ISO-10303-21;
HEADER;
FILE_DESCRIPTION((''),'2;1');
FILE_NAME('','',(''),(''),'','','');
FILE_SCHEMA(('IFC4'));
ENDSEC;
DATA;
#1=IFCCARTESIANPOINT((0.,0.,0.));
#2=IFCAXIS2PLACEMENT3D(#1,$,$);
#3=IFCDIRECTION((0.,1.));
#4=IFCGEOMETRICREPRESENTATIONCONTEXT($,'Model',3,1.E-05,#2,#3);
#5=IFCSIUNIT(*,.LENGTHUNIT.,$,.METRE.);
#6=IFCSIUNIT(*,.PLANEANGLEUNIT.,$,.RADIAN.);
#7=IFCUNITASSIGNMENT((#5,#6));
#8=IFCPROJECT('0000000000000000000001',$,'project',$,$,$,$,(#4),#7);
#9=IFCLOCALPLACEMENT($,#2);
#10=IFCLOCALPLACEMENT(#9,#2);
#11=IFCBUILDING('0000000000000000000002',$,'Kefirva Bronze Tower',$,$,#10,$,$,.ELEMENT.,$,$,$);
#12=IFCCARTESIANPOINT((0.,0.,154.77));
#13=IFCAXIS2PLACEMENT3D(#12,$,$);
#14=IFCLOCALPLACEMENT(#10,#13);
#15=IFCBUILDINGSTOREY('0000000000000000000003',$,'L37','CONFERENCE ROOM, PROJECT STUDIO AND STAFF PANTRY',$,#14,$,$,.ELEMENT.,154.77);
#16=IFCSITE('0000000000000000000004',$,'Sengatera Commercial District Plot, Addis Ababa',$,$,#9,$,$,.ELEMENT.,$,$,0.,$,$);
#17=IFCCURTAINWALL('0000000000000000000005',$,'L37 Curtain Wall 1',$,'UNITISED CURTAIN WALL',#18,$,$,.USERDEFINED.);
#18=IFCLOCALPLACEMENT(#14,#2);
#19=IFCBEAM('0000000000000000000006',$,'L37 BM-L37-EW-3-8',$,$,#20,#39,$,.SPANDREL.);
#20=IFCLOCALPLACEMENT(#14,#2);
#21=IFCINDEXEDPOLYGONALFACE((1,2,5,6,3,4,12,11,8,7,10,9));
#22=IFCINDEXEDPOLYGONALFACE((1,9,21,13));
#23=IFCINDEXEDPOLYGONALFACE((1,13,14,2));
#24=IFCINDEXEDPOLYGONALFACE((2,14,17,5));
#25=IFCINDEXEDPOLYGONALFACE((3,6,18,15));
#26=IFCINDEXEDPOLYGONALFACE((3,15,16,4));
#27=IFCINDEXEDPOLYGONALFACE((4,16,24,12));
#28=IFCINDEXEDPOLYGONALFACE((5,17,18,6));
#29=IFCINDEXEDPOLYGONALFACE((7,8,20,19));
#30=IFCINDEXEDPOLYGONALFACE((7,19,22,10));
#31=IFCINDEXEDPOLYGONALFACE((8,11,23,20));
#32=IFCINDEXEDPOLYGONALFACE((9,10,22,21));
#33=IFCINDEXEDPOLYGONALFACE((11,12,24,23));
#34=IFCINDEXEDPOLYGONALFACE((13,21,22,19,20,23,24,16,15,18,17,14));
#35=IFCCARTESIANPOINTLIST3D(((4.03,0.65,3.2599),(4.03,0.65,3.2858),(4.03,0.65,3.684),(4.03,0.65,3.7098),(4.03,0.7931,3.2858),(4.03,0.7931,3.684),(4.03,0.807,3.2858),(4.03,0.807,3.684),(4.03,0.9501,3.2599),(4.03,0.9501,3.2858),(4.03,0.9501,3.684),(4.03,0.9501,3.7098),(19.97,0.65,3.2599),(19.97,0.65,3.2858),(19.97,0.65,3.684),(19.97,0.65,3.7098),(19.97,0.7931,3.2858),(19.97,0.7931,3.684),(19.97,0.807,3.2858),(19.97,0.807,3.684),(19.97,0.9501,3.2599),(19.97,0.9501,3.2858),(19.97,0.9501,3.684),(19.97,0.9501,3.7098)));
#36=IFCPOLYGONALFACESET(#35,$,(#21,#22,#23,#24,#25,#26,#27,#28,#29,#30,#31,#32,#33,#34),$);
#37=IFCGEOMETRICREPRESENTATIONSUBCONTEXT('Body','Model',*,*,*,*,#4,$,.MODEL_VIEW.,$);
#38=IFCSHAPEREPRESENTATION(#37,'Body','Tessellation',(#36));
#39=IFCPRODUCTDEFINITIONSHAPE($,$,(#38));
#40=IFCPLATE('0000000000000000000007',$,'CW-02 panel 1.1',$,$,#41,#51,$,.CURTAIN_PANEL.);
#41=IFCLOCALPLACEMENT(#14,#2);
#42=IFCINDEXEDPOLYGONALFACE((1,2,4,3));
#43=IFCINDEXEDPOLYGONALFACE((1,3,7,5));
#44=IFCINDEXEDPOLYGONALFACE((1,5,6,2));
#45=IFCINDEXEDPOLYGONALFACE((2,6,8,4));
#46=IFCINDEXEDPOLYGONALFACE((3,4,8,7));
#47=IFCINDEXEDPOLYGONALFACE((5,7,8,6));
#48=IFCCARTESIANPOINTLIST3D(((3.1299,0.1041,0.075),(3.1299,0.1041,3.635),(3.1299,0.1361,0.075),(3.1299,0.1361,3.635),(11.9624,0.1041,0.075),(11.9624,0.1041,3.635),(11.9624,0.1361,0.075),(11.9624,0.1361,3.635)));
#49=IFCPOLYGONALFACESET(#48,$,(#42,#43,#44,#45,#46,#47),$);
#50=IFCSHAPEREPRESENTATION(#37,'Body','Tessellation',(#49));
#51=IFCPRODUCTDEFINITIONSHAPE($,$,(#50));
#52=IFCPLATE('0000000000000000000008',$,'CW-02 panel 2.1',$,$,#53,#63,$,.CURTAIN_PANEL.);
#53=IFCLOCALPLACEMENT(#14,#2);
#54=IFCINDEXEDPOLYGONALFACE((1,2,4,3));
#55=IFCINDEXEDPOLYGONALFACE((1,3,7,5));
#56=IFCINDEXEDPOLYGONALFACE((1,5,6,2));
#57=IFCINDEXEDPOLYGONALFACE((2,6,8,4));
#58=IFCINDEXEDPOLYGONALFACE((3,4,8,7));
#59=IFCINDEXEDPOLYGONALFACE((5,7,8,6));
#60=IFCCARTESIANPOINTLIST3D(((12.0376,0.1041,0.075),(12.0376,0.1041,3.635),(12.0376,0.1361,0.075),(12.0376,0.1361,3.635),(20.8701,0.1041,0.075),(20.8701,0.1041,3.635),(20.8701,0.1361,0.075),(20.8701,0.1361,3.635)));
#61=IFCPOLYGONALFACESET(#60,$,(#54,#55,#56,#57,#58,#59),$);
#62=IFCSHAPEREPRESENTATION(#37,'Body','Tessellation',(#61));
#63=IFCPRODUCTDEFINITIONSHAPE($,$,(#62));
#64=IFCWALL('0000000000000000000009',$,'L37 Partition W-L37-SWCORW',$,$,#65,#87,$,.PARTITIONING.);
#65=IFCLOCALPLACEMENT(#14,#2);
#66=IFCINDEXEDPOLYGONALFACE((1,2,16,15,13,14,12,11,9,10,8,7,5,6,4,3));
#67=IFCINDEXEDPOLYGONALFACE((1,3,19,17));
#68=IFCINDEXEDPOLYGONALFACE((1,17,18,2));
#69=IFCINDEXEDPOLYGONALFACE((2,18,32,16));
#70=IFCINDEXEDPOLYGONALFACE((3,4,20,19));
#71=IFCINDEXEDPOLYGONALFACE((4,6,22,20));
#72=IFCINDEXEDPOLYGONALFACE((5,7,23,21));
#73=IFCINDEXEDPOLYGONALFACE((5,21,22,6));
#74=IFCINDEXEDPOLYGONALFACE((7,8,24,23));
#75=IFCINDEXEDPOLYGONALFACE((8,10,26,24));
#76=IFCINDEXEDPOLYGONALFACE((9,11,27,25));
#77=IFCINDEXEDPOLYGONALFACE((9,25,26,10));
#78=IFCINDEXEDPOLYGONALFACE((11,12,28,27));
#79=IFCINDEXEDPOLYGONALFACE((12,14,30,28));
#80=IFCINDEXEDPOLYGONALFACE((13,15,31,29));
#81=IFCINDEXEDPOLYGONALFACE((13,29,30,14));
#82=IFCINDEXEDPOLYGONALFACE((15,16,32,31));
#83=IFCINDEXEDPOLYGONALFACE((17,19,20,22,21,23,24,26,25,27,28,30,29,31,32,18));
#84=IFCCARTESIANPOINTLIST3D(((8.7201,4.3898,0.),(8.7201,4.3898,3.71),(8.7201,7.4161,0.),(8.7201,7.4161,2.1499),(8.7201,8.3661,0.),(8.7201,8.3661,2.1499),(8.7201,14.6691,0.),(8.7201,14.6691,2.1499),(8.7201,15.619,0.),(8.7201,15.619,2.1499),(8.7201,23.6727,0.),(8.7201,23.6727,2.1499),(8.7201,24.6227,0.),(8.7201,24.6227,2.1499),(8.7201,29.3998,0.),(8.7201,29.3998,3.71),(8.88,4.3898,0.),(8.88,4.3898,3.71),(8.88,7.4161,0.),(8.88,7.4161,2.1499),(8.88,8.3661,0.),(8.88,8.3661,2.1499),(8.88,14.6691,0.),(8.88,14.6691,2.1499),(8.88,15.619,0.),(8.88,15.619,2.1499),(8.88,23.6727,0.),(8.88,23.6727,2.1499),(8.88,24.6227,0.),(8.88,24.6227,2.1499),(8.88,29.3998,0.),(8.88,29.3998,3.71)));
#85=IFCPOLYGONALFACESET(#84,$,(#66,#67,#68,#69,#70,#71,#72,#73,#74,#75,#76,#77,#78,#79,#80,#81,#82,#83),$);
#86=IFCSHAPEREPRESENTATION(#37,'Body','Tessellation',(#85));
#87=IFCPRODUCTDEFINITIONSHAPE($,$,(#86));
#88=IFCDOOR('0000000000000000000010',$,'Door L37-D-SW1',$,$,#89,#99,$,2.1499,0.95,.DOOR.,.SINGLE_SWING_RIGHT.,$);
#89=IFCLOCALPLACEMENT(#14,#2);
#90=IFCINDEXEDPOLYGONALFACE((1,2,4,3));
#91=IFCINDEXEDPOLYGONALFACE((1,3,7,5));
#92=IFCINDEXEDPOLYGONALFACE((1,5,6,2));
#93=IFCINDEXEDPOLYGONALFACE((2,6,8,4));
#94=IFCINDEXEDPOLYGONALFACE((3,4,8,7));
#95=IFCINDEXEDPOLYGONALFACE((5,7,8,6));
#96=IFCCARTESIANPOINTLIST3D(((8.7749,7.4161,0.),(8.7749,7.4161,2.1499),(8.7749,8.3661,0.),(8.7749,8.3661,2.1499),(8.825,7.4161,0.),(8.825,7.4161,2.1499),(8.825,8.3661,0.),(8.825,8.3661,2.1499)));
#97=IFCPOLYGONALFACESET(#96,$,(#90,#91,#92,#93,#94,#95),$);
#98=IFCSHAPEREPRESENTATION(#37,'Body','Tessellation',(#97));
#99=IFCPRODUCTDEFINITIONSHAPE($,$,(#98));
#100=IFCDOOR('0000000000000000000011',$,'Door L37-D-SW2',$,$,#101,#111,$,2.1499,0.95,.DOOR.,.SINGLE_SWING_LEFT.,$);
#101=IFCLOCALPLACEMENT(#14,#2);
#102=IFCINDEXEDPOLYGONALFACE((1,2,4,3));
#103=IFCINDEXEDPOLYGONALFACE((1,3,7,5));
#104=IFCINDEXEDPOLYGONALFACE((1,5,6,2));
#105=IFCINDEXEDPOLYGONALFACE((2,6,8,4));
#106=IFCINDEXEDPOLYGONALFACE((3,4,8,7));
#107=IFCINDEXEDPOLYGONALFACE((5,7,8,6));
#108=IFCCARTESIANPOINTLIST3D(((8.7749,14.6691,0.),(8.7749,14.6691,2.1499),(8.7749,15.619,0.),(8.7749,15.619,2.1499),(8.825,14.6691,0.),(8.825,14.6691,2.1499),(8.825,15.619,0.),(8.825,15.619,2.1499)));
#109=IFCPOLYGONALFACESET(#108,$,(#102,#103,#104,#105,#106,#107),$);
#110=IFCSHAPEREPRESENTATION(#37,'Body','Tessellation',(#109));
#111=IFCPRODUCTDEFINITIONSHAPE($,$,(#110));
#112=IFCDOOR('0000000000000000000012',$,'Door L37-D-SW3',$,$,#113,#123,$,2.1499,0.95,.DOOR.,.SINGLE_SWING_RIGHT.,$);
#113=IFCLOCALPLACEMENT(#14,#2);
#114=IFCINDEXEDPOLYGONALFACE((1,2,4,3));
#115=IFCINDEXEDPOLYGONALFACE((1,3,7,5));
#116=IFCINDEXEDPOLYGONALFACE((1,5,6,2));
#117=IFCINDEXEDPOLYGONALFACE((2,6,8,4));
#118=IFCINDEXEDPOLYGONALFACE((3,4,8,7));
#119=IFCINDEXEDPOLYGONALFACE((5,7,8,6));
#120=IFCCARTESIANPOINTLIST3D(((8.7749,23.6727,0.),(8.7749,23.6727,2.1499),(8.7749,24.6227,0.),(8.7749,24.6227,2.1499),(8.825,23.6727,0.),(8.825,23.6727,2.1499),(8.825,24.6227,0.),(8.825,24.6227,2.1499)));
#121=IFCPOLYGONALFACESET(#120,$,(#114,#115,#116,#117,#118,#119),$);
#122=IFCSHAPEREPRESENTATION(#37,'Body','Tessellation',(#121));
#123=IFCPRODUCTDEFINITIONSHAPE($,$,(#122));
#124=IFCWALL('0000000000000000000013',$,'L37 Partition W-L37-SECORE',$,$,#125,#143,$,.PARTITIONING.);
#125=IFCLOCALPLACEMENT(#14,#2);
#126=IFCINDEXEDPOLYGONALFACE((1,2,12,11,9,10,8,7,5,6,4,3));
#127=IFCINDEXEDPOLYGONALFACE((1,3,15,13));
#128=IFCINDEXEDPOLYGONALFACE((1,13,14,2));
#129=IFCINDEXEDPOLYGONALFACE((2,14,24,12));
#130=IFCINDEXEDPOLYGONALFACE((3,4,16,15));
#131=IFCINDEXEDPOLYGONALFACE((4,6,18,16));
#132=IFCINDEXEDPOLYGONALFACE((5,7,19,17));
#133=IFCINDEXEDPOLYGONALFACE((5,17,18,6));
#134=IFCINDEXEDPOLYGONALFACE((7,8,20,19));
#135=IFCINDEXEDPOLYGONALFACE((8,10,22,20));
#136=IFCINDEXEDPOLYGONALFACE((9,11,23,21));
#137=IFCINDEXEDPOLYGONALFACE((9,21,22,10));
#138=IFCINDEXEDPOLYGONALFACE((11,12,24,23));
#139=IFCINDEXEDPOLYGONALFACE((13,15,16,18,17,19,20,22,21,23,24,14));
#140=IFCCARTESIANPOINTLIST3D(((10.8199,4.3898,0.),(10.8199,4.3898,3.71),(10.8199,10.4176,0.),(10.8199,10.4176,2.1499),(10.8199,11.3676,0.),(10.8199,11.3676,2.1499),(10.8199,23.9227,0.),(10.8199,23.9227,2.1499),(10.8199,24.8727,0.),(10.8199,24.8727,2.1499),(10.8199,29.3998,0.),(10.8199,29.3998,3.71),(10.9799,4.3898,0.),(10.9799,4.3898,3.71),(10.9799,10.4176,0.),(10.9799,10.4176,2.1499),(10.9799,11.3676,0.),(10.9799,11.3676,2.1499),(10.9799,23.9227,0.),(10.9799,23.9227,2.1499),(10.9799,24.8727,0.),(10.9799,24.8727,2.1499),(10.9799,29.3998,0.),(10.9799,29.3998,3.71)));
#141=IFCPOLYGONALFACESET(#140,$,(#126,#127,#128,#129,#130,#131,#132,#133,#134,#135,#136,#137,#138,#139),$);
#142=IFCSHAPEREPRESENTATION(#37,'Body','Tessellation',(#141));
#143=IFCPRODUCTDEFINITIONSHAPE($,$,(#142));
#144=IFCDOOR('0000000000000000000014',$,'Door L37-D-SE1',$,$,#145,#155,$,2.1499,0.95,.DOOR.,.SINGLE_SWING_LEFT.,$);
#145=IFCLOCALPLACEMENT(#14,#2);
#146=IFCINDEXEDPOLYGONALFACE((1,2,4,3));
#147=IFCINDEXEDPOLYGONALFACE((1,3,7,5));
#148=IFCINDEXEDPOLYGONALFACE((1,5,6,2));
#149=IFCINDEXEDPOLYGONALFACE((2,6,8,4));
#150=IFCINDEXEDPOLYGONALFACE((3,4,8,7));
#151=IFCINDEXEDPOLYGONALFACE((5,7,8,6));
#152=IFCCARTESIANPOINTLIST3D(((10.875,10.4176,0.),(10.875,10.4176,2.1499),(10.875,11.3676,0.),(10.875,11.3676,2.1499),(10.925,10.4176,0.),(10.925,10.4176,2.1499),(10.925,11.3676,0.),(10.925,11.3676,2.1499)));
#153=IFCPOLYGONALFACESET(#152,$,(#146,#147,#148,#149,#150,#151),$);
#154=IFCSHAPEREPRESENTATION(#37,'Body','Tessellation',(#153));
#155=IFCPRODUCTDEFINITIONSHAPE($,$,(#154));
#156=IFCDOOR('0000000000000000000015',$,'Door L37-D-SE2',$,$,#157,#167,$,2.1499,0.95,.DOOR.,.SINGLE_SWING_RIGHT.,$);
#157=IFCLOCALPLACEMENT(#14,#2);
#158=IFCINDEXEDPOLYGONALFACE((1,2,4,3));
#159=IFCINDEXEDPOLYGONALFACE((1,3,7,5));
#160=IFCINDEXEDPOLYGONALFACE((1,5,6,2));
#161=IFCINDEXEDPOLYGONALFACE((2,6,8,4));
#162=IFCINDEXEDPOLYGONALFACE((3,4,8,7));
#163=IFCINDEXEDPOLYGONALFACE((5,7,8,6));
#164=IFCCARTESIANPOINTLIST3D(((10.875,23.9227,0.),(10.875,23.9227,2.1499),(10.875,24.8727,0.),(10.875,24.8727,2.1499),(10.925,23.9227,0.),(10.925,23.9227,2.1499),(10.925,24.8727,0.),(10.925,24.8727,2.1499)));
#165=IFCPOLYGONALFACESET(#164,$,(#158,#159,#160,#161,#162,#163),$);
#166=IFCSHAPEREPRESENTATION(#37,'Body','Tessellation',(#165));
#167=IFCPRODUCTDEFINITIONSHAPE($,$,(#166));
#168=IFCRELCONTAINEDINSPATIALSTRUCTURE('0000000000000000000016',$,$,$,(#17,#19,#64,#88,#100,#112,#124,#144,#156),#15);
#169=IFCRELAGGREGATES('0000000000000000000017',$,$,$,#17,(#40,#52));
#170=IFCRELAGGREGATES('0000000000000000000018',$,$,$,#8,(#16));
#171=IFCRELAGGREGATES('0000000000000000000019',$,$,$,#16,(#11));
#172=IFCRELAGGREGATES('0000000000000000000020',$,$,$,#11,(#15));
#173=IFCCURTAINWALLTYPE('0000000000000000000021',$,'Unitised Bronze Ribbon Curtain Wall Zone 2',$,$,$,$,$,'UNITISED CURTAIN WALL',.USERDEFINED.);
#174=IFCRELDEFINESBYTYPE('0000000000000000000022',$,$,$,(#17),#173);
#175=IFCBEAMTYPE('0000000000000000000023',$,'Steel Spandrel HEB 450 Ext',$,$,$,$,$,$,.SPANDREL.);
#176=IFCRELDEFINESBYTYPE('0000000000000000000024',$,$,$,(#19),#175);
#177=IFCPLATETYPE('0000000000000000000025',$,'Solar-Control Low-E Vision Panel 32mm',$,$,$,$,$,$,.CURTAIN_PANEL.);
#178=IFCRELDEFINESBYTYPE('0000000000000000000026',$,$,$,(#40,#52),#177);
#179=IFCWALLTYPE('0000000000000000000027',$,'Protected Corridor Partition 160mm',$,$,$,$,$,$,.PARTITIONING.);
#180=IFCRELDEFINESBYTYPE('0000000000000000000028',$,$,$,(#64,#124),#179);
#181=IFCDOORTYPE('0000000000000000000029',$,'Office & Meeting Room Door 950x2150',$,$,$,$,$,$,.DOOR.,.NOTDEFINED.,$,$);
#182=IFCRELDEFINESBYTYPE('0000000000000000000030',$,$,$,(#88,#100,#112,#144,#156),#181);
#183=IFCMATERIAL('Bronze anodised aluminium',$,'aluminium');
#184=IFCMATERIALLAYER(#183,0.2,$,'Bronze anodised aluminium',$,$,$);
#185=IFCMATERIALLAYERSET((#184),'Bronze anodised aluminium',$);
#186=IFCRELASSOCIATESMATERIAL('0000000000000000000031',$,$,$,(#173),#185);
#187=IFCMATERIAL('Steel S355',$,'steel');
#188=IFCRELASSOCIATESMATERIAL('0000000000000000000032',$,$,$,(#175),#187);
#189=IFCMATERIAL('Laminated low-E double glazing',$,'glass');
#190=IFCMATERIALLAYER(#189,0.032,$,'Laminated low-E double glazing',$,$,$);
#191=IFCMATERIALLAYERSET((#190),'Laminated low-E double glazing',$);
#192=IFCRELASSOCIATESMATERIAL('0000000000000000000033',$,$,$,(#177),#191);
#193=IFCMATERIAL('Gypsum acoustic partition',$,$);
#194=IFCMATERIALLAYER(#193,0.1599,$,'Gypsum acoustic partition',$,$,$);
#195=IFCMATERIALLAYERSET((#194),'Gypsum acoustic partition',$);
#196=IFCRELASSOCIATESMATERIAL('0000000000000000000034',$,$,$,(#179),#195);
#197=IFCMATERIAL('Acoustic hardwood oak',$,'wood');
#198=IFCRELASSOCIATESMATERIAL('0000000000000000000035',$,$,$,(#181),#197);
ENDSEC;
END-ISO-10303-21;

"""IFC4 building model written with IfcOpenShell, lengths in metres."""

from ifc_helpers import new_model, si_unit, direction, frame, frame_2d, origin, origin_2d, place, context, subcontext, project, spatial, rectangle, i_section, extrude, material, layer, layer_set, material_profile, profile_set, type_object, element, fill, aggregate, save


model = new_model("IFC4")

# Units and contexts
model_context = context("Model", 3, precision=1e-05, world=origin(), true_north=direction((0.0, 1.0)))
body_context = subcontext(model_context, "Body", "Model", "MODEL_VIEW")
ifc_project = project(units=[si_unit("LENGTHUNIT", "METRE"), si_unit("PLANEANGLEUNIT", "RADIAN")], contexts=[model_context])

# Site, building, storey
site_placement = place(None, origin())
site = spatial("IfcSite", under=ifc_project, at=site_placement, Name="Sengatera Commercial District Plot, Addis Ababa", CompositionType="ELEMENT", RefElevation=0.0)
building_placement = place(site_placement, origin())
building = spatial("IfcBuilding", under=site, at=building_placement, Name="Kefirva Bronze Tower", CompositionType="ELEMENT")
storey_placement = place(building_placement, frame((0.0, 0.0, 154.77)))
storey = spatial("IfcBuildingStorey", under=building, at=storey_placement, Name="L37", Description="CONFERENCE ROOM, PROJECT STUDIO AND STAFF PANTRY", CompositionType="ELEMENT", Elevation=154.77)

# Curtain wall
ifc_material_1 = material(Name="Bronze anodised aluminium", Category="aluminium")
ifc_layer_1 = layer(ifc_material_1, 0.2, Name="Bronze anodised aluminium")
ifc_layer_set_1 = layer_set([ifc_layer_1], Name="Bronze anodised aluminium")
curtain_wall_type = type_object("IfcCurtainWallType", Name="Unitised Bronze Ribbon Curtain Wall Zone 2", ElementType="UNITISED CURTAIN WALL", PredefinedType="USERDEFINED", material=ifc_layer_set_1)
curtain_wall_placement = place(storey_placement, origin())
curtain_wall = element("IfcCurtainWall", 1, at=curtain_wall_placement, inside=storey, type_object=curtain_wall_type, Name="L37 Curtain Wall 1", ObjectType="UNITISED CURTAIN WALL", PredefinedType="USERDEFINED")

# Beam
ifc_material_2 = material(Name="Steel S355", Category="steel")
ifc_material_profile_1 = material_profile(ifc_material_2, i_section(OverallWidth=0.3, OverallDepth=0.45, WebThickness=0.0139, FlangeThickness=0.0259, at=origin_2d()), Name="HEB 450")
ifc_profile_set_1 = profile_set([ifc_material_profile_1], Name="Steel S355")
beam_type_1 = type_object("IfcBeamType", Name="Steel Spandrel HEB 450 Ext", PredefinedType="SPANDREL", material=ifc_profile_set_1)
beam_1_placement = place(storey_placement, frame((4.03, 0.8, 3.4849), z_axis=(1.0, 0.0, 0.0), x_axis=(0.0, 1.0, 0.0)))
element("IfcBeam", 2, at=beam_1_placement, inside=storey, type_object=beam_type_1, Name="L37 BM-L37-EW-3-8", PredefinedType="SPANDREL", context=body_context, shape_type="SweptSolid", body=[
    extrude(i_section(OverallWidth=0.3, OverallDepth=0.45, WebThickness=0.0139, FlangeThickness=0.0259, at=origin_2d()), origin(), (0.0, 0.0, 1.0), 15.9399),
])

# Plates
ifc_material_3 = material(Name="Laminated low-E double glazing", Category="glass")
ifc_layer_2 = layer(ifc_material_3, 0.032, Name="Laminated low-E double glazing")
ifc_layer_set_2 = layer_set([ifc_layer_2], Name="Laminated low-E double glazing")
plate_type = type_object("IfcPlateType", Name="Solar-Control Low-E Vision Panel 32mm", PredefinedType="CURTAIN_PANEL", material=ifc_layer_set_2)
plate_1_placement = place(storey_placement, frame((7.5461, 0.1201, 0.075), z_axis=(0.0, 0.0, 1.0), x_axis=(1.0, 0.0, 0.0)))
plate_1 = element("IfcPlate", 3, at=plate_1_placement, type_object=plate_type, Name="CW-02 panel 1.1", PredefinedType="CURTAIN_PANEL", context=body_context, shape_type="SweptSolid", body=[
    extrude(rectangle(XDim=8.8325, YDim=0.032, at=origin_2d()), origin(), (0.0, 0.0, 1.0), 3.5601),
])
plate_2_placement = place(storey_placement, frame((16.4539, 0.1201, 0.075), z_axis=(0.0, 0.0, 1.0), x_axis=(1.0, 0.0, 0.0)))
plate_2 = element("IfcPlate", 4, at=plate_2_placement, type_object=plate_type, Name="CW-02 panel 2.1", PredefinedType="CURTAIN_PANEL", context=body_context, shape_type="SweptSolid", body=[
    extrude(rectangle(XDim=8.8325, YDim=0.032, at=origin_2d()), origin(), (0.0, 0.0, 1.0), 3.5601),
])
aggregate(curtain_wall, [plate_1, plate_2])

# Walls, openings, doors
ifc_material_4 = material(Name="Gypsum acoustic partition")
ifc_layer_3 = layer(ifc_material_4, 0.1599, Name="Gypsum acoustic partition")
ifc_layer_set_3 = layer_set([ifc_layer_3], Name="Gypsum acoustic partition")
wall_type = type_object("IfcWallType", Name="Protected Corridor Partition 160mm", PredefinedType="PARTITIONING", material=ifc_layer_set_3)
wall_1_placement = place(storey_placement, frame((8.8, 4.3899, 0.0), z_axis=(0.0, 0.0, 1.0), x_axis=(0.0, 1.0, 0.0)))
wall_1 = element("IfcWall", 5, at=wall_1_placement, inside=storey, type_object=wall_type, Name="L37 Partition W-L37-SWCORW", PredefinedType="PARTITIONING", context=body_context, shape_type="SweptSolid", body=[
    extrude(rectangle(XDim=25.01, YDim=0.1599, at=frame_2d((12.5049, 0.0))), origin(), (0.0, 0.0, 1.0), 3.71),
])
opening_1_placement = place(wall_1_placement, frame((3.9763, 0.0, 0.0), z_axis=(0.0, 0.0, 1.0), x_axis=(-1.0, 0.0, 0.0)))
opening_1 = element("IfcOpeningElement", 6, at=opening_1_placement, cuts=wall_1, PredefinedType="OPENING", context=body_context, shape_type="SweptSolid", body=[
    extrude(rectangle(XDim=0.95, YDim=2.1499, at=frame_2d((0.4751, 1.075))), frame((0.0, 0.0898, 0.0), z_axis=(0.0, -1.0, 0.0), x_axis=(1.0, 0.0, 0.0)), (0.0, 0.0, 1.0), 0.1799),
])
opening_2_placement = place(wall_1_placement, frame((11.2292, 0.0, 0.0), z_axis=(0.0, 0.0, 1.0), x_axis=(-1.0, 0.0, 0.0)))
opening_2 = element("IfcOpeningElement", 7, at=opening_2_placement, cuts=wall_1, PredefinedType="OPENING", context=body_context, shape_type="SweptSolid", body=[
    extrude(rectangle(XDim=0.95, YDim=2.1499, at=frame_2d((0.4751, 1.075))), frame((0.0, 0.0898, 0.0), z_axis=(0.0, -1.0, 0.0), x_axis=(1.0, 0.0, 0.0)), (0.0, 0.0, 1.0), 0.1799),
])
opening_3_placement = place(wall_1_placement, frame((20.2329, 0.0, 0.0), z_axis=(0.0, 0.0, 1.0), x_axis=(-1.0, 0.0, 0.0)))
opening_3 = element("IfcOpeningElement", 8, at=opening_3_placement, cuts=wall_1, PredefinedType="OPENING", context=body_context, shape_type="SweptSolid", body=[
    extrude(rectangle(XDim=0.95, YDim=2.1499, at=frame_2d((0.4751, 1.075))), frame((0.0, 0.0898, 0.0), z_axis=(0.0, -1.0, 0.0), x_axis=(1.0, 0.0, 0.0)), (0.0, 0.0, 1.0), 0.1799),
])
ifc_material_5 = material(Name="Acoustic hardwood oak", Category="wood")
door_type = type_object("IfcDoorType", Name="Office & Meeting Room Door 950x2150", OperationType="NOTDEFINED", PredefinedType="DOOR", material=ifc_material_5)
door_1_placement = place(opening_1_placement, origin())
door_1 = element("IfcDoor", 9, at=door_1_placement, inside=storey, type_object=door_type, Name="Door L37-D-SW1", OperationType="SINGLE_SWING_RIGHT", OverallHeight=2.1499, OverallWidth=0.95, PredefinedType="DOOR", context=body_context, shape_type="SweptSolid", body=[
    extrude(rectangle(XDim=0.95, YDim=2.1499, at=frame_2d((0.4751, 1.075))), frame((0.0, 0.0249, 0.0), z_axis=(0.0, -1.0, 0.0), x_axis=(1.0, 0.0, 0.0)), (0.0, 0.0, 1.0), 0.05),
])
fill(opening_1, door_1)
door_2_placement = place(opening_2_placement, origin())
door_2 = element("IfcDoor", 10, at=door_2_placement, inside=storey, type_object=door_type, Name="Door L37-D-SW2", OperationType="SINGLE_SWING_LEFT", OverallHeight=2.1499, OverallWidth=0.95, PredefinedType="DOOR", context=body_context, shape_type="SweptSolid", body=[
    extrude(rectangle(XDim=0.95, YDim=2.1499, at=frame_2d((0.4751, 1.075))), frame((0.0, 0.0249, 0.0), z_axis=(0.0, -1.0, 0.0), x_axis=(1.0, 0.0, 0.0)), (0.0, 0.0, 1.0), 0.05),
])
fill(opening_2, door_2)
door_3_placement = place(opening_3_placement, origin())
door_3 = element("IfcDoor", 11, at=door_3_placement, inside=storey, type_object=door_type, Name="Door L37-D-SW3", OperationType="SINGLE_SWING_RIGHT", OverallHeight=2.1499, OverallWidth=0.95, PredefinedType="DOOR", context=body_context, shape_type="SweptSolid", body=[
    extrude(rectangle(XDim=0.95, YDim=2.1499, at=frame_2d((0.4751, 1.075))), frame((0.0, 0.0249, 0.0), z_axis=(0.0, -1.0, 0.0), x_axis=(1.0, 0.0, 0.0)), (0.0, 0.0, 1.0), 0.05),
])
fill(opening_3, door_3)
wall_2_placement = place(storey_placement, frame((10.8999, 4.3899, 0.0), z_axis=(0.0, 0.0, 1.0), x_axis=(0.0, 1.0, 0.0)))
wall_2 = element("IfcWall", 12, at=wall_2_placement, inside=storey, type_object=wall_type, Name="L37 Partition W-L37-SECORE", PredefinedType="PARTITIONING", context=body_context, shape_type="SweptSolid", body=[
    extrude(rectangle(XDim=25.01, YDim=0.1599, at=frame_2d((12.5049, 0.0))), origin(), (0.0, 0.0, 1.0), 3.71),
])
opening_4_placement = place(wall_2_placement, frame((6.0276, 0.0, 0.0)))
opening_4 = element("IfcOpeningElement", 13, at=opening_4_placement, cuts=wall_2, PredefinedType="OPENING", context=body_context, shape_type="SweptSolid", body=[
    extrude(rectangle(XDim=0.95, YDim=2.1499, at=frame_2d((0.4751, 1.075))), frame((0.0, 0.0898, 0.0), z_axis=(0.0, -1.0, 0.0), x_axis=(1.0, 0.0, 0.0)), (0.0, 0.0, 1.0), 0.1799),
])
opening_5_placement = place(wall_2_placement, frame((19.5327, 0.0, 0.0)))
opening_5 = element("IfcOpeningElement", 14, at=opening_5_placement, cuts=wall_2, PredefinedType="OPENING", context=body_context, shape_type="SweptSolid", body=[
    extrude(rectangle(XDim=0.95, YDim=2.1499, at=frame_2d((0.4751, 1.075))), frame((0.0, 0.0898, 0.0), z_axis=(0.0, -1.0, 0.0), x_axis=(1.0, 0.0, 0.0)), (0.0, 0.0, 1.0), 0.1799),
])
door_4_placement = place(opening_4_placement, origin())
door_4 = element("IfcDoor", 15, at=door_4_placement, inside=storey, type_object=door_type, Name="Door L37-D-SE1", OperationType="SINGLE_SWING_LEFT", OverallHeight=2.1499, OverallWidth=0.95, PredefinedType="DOOR", context=body_context, shape_type="SweptSolid", body=[
    extrude(rectangle(XDim=0.95, YDim=2.1499, at=frame_2d((0.4751, 1.075))), frame((0.0, 0.0249, 0.0), z_axis=(0.0, -1.0, 0.0), x_axis=(1.0, 0.0, 0.0)), (0.0, 0.0, 1.0), 0.05),
])
fill(opening_4, door_4)
door_5_placement = place(opening_5_placement, origin())
door_5 = element("IfcDoor", 16, at=door_5_placement, inside=storey, type_object=door_type, Name="Door L37-D-SE2", OperationType="SINGLE_SWING_RIGHT", OverallHeight=2.1499, OverallWidth=0.95, PredefinedType="DOOR", context=body_context, shape_type="SweptSolid", body=[
    extrude(rectangle(XDim=0.95, YDim=2.1499, at=frame_2d((0.4751, 1.075))), frame((0.0, 0.0249, 0.0), z_axis=(0.0, -1.0, 0.0), x_axis=(1.0, 0.0, 0.0)), (0.0, 0.0, 1.0), 0.05),
])
fill(opening_5, door_5)

save(model, "model.ifc")
